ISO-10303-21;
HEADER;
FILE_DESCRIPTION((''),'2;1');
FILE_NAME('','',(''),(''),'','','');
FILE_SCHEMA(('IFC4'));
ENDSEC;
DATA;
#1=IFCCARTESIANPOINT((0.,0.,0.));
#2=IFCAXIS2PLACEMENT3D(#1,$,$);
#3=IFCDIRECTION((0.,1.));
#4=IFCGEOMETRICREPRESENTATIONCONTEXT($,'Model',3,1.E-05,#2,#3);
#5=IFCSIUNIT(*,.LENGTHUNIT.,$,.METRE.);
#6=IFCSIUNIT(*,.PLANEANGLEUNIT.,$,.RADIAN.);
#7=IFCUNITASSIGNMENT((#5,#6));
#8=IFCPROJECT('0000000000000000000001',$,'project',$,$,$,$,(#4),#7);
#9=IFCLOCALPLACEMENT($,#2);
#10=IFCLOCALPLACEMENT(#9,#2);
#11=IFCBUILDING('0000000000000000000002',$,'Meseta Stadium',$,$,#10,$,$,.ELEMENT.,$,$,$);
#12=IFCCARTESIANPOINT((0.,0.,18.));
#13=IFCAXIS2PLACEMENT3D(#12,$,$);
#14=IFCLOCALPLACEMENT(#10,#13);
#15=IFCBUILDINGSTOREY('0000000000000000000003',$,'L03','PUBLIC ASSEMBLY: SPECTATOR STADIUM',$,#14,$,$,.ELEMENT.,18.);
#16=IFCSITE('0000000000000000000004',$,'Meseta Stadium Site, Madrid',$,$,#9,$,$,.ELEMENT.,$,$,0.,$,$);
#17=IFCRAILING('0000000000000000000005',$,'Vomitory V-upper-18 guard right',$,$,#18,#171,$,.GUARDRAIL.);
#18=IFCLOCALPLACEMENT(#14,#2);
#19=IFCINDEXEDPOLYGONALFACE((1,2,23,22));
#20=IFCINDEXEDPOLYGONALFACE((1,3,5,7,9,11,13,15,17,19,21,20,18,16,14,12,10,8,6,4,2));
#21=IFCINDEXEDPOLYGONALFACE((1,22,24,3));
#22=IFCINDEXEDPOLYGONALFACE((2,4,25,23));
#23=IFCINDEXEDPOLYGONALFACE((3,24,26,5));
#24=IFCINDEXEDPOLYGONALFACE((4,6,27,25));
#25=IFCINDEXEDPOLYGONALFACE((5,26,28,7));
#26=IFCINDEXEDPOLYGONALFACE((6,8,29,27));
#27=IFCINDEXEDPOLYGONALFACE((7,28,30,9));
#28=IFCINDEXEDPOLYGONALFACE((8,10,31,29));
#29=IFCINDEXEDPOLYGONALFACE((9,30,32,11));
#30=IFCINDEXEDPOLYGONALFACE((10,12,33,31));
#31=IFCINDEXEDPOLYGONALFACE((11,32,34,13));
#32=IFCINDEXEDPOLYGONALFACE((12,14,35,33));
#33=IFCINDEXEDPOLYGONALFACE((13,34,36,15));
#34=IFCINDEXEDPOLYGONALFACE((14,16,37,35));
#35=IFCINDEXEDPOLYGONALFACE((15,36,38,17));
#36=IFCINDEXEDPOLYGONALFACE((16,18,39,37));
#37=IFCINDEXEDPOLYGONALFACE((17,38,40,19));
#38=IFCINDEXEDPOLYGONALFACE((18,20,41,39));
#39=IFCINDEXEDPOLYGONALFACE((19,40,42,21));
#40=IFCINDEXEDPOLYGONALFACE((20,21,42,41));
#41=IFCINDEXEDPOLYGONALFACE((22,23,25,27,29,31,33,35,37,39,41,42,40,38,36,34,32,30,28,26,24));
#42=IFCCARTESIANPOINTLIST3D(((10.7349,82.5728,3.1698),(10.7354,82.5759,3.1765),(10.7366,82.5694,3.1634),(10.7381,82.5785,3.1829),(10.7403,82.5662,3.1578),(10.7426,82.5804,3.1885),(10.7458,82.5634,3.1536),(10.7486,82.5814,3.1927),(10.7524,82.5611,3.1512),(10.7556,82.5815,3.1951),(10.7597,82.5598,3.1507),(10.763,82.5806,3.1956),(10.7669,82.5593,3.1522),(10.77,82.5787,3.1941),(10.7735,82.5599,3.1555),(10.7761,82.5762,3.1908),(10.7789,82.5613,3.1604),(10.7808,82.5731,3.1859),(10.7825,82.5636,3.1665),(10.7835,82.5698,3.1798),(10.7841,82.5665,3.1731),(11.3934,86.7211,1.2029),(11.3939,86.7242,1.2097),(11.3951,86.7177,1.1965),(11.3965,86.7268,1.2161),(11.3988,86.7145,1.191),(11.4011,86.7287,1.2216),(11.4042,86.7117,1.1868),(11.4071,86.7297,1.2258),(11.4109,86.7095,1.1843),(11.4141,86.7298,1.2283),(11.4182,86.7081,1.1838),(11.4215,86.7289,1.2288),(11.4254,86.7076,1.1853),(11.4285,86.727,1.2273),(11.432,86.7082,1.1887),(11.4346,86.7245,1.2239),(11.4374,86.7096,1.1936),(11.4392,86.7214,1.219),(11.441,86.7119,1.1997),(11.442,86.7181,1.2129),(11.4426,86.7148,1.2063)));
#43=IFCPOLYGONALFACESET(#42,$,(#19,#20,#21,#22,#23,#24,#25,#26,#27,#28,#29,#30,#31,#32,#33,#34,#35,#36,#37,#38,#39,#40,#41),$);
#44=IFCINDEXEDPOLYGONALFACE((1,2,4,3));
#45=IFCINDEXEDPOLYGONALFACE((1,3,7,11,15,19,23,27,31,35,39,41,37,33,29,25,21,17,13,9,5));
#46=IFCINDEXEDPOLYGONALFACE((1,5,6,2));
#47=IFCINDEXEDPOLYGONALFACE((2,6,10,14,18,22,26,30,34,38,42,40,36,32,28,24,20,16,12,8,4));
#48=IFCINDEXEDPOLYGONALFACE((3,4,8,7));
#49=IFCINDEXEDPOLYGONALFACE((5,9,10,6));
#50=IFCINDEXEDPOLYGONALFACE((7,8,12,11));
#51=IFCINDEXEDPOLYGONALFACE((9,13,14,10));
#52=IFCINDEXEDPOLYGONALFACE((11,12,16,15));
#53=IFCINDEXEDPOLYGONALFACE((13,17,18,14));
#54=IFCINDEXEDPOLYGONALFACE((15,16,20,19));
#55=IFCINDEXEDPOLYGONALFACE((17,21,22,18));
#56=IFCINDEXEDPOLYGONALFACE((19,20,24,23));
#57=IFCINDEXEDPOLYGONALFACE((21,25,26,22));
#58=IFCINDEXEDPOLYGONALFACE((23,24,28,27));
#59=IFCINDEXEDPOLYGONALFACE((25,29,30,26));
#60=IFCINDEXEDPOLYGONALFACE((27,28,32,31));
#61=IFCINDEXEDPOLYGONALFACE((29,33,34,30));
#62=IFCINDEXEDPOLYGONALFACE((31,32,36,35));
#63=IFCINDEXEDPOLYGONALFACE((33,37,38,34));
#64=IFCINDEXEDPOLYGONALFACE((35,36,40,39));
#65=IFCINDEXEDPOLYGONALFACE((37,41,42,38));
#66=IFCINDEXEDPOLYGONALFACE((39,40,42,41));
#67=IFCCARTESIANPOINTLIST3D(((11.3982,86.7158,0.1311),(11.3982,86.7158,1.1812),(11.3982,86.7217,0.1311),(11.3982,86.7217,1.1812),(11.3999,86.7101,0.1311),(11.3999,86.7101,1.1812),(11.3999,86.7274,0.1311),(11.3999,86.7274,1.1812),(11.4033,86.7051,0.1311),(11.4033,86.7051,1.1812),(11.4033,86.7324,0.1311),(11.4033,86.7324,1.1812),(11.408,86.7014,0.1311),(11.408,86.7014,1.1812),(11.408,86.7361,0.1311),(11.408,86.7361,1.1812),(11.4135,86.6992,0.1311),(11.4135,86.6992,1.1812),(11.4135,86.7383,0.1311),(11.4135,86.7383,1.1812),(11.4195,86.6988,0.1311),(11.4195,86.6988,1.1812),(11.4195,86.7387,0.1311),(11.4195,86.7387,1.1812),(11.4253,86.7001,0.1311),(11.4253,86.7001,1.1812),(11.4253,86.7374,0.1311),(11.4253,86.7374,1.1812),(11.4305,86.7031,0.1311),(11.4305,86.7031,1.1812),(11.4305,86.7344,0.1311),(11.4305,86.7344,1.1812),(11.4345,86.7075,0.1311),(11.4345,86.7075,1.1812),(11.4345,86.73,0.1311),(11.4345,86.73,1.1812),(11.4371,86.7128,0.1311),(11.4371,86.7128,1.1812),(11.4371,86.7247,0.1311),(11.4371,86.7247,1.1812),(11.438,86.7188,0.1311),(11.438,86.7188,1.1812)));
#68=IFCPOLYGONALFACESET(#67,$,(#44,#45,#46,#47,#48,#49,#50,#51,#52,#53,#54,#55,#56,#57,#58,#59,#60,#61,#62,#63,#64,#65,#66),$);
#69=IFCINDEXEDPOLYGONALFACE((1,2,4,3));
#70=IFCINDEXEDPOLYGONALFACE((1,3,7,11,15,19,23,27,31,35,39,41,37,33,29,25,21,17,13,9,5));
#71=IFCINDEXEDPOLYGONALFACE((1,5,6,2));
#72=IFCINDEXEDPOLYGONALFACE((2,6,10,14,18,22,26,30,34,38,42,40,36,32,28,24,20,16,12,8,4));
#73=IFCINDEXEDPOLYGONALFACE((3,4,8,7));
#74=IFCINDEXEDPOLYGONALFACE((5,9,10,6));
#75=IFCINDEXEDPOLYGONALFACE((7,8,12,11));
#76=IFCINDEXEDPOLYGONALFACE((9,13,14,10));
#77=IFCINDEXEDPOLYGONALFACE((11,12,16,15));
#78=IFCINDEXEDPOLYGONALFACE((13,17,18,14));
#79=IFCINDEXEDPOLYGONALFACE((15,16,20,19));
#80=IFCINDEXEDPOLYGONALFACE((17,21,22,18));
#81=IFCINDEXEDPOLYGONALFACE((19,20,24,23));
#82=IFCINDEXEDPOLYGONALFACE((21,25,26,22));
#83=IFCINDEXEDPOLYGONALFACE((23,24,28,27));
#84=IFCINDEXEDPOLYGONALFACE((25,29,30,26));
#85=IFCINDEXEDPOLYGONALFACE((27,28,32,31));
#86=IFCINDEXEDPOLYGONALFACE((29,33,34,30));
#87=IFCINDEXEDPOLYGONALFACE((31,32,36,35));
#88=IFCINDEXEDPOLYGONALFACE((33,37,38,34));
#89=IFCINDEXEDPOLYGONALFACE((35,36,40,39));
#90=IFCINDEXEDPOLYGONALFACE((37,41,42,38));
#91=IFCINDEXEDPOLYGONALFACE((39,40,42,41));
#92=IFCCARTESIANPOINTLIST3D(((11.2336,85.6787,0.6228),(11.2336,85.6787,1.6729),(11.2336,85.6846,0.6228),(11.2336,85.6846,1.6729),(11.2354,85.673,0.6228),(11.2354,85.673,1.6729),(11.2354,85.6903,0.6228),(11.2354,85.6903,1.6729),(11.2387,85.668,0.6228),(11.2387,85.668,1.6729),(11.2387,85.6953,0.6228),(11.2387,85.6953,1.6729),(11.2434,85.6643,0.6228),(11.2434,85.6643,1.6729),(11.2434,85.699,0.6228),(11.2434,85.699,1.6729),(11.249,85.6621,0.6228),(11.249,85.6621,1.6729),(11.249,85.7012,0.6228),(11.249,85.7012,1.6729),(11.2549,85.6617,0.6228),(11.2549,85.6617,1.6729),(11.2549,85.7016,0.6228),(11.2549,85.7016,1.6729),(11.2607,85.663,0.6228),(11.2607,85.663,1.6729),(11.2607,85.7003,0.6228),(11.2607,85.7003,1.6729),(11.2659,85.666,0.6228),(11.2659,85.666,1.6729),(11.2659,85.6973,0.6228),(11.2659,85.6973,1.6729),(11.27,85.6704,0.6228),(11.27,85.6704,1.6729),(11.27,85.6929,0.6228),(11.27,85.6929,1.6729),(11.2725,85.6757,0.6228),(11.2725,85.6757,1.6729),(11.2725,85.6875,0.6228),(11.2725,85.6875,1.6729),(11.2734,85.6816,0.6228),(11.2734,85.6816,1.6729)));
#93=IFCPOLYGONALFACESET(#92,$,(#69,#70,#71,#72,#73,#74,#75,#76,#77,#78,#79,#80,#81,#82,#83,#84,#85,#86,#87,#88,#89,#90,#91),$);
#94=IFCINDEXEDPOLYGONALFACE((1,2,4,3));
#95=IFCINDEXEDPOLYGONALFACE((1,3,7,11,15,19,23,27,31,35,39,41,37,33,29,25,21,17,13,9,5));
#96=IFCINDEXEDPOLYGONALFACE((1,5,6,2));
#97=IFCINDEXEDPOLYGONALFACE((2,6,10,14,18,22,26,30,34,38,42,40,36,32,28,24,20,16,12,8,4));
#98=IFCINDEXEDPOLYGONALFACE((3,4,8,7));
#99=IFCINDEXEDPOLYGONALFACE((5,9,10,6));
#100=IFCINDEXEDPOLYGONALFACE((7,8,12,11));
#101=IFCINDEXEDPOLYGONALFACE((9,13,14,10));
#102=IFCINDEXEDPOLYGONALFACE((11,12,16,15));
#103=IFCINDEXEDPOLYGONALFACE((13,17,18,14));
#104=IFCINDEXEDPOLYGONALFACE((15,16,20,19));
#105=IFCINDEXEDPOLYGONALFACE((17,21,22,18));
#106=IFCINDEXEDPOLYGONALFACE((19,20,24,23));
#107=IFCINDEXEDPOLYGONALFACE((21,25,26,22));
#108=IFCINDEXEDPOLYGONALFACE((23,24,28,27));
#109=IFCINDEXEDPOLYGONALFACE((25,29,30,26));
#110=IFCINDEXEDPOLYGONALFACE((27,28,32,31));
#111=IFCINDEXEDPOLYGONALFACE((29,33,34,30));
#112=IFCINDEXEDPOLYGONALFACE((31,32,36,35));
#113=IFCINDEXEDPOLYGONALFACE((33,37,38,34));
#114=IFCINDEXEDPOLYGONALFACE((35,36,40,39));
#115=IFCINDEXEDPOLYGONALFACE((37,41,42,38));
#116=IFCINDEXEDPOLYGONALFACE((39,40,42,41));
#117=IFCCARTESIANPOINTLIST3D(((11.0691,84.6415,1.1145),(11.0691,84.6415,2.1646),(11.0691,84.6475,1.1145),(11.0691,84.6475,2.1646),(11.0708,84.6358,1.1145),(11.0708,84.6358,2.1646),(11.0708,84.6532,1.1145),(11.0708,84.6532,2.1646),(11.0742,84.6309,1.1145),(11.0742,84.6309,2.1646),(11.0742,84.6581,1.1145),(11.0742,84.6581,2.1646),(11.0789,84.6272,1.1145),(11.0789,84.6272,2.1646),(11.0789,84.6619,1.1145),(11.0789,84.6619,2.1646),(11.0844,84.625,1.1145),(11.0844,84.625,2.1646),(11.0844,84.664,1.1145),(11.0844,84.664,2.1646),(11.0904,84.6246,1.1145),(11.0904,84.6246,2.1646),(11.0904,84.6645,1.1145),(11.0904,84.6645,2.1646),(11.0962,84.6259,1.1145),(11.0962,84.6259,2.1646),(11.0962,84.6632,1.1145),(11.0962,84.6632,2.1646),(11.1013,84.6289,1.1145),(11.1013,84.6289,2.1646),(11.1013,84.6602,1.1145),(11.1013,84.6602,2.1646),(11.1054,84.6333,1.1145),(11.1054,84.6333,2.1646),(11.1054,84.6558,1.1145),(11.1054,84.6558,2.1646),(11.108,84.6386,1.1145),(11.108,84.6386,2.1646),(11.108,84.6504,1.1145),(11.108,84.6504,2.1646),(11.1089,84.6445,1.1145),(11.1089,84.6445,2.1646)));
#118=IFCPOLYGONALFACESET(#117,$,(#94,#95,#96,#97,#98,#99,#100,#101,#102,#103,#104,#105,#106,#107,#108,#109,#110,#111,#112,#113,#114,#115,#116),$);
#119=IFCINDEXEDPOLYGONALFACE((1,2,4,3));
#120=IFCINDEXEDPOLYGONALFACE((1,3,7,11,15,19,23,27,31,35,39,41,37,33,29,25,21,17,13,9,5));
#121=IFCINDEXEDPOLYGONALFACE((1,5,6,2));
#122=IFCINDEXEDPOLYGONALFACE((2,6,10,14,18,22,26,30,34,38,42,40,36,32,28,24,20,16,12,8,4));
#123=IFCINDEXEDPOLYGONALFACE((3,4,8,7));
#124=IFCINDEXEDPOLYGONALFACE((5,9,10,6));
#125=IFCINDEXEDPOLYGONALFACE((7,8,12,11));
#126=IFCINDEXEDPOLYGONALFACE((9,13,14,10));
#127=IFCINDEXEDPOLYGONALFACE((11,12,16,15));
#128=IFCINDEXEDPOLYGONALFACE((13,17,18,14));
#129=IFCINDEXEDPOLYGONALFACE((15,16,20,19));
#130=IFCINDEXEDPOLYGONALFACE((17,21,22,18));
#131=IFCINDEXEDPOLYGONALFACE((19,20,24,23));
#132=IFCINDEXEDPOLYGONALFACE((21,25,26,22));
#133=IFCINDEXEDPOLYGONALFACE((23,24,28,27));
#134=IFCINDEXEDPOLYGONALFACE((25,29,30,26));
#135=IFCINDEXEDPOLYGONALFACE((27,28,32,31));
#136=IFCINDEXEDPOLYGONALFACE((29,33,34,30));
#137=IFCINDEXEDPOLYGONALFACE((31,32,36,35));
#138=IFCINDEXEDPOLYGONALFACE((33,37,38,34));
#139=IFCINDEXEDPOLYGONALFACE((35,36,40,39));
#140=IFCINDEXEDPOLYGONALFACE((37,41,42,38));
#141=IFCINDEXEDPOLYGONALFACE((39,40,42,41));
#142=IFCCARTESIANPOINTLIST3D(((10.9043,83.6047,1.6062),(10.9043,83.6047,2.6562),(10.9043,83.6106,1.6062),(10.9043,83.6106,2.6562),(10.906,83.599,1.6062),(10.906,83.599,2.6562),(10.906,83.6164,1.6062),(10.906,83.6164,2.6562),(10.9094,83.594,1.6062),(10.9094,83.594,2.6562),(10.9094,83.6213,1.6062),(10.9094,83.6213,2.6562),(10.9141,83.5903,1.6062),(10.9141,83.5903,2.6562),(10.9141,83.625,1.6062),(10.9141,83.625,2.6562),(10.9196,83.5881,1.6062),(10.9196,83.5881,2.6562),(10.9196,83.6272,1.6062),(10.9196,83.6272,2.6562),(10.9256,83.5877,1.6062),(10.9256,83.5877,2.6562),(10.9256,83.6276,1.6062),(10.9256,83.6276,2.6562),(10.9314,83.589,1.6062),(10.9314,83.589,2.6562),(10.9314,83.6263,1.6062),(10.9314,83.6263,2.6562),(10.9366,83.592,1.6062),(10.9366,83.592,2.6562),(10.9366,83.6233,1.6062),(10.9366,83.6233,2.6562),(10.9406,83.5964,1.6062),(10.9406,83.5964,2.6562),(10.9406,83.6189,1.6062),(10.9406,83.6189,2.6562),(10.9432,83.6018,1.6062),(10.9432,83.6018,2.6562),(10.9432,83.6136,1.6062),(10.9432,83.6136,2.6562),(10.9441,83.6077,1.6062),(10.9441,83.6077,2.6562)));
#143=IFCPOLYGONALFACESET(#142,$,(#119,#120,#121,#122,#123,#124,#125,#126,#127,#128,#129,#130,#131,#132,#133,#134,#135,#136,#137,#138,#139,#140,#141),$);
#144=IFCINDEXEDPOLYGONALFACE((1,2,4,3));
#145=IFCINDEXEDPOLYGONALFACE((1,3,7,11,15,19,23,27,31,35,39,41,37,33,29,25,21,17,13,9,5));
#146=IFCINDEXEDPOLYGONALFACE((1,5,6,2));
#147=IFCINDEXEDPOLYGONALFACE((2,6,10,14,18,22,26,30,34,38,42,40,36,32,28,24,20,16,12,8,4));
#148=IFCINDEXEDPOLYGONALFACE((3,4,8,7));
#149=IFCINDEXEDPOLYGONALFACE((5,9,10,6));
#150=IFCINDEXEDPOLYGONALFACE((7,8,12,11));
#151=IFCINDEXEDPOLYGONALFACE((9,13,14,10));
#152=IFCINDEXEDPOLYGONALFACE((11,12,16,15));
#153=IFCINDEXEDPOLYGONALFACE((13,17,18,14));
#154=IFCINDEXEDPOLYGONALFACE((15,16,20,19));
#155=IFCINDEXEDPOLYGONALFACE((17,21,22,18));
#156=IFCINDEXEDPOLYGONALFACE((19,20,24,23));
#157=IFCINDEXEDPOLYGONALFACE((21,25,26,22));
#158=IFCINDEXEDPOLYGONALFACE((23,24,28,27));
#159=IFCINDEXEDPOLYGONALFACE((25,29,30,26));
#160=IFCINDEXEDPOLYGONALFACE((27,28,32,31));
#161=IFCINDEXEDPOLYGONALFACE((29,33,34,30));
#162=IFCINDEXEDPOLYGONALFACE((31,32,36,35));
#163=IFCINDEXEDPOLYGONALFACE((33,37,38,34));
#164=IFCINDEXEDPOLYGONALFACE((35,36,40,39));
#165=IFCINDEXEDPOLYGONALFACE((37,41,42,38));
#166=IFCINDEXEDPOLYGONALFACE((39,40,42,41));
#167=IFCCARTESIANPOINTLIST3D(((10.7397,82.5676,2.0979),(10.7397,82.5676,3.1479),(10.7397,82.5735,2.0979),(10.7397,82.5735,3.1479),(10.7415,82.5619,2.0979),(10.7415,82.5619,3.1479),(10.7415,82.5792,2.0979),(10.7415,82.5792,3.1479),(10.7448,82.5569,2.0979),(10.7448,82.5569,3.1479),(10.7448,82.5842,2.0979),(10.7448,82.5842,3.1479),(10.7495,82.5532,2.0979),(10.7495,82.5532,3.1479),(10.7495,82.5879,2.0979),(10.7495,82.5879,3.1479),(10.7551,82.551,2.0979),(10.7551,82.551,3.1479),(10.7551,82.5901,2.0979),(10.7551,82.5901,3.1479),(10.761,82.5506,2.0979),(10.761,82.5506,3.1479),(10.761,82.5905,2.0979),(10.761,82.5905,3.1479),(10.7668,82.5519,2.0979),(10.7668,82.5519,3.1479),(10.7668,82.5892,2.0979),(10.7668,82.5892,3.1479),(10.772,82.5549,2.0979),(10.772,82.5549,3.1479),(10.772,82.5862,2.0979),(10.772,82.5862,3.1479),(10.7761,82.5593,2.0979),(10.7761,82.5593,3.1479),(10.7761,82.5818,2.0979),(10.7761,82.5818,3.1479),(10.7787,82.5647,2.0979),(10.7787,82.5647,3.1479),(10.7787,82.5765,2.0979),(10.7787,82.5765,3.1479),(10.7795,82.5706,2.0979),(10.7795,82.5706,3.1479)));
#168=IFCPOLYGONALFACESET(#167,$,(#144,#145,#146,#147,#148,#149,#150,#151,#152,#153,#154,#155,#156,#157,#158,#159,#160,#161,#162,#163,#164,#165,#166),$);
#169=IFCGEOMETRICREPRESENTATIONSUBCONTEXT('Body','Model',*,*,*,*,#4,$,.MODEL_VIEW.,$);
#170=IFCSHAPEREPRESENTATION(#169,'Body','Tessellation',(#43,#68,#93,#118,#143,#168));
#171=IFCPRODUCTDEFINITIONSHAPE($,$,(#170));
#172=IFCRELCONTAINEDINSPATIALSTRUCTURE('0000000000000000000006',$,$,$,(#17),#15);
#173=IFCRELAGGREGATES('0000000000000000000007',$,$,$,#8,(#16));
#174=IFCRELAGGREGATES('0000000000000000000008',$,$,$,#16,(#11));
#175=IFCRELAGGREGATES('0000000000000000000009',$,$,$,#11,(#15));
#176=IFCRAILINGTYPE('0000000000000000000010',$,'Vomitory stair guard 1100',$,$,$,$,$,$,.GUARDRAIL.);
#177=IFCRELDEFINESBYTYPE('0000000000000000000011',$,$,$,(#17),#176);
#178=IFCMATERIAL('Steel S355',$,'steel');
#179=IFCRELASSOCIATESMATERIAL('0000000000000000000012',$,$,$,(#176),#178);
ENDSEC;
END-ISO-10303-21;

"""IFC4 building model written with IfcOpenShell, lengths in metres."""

from ifc_helpers import new_model, si_unit, direction, frame, origin, origin_2d, place, context, subcontext, project, spatial, circle, extrude, material, type_object, element, save


model = new_model("IFC4")

# Units and contexts
model_context = context("Model", 3, precision=1e-05, world=origin(), true_north=direction((0.0, 1.0)))
body_context = subcontext(model_context, "Body", "Model", "MODEL_VIEW")
ifc_project = project(units=[si_unit("LENGTHUNIT", "METRE"), si_unit("PLANEANGLEUNIT", "RADIAN")], contexts=[model_context])

# Site, building, storey
site_placement = place(None, origin())
site = spatial("IfcSite", under=ifc_project, at=site_placement, Name="Meseta Stadium Site, Madrid", CompositionType="ELEMENT", RefElevation=0.0)
building_placement = place(site_placement, origin())
building = spatial("IfcBuilding", under=site, at=building_placement, Name="Meseta Stadium", CompositionType="ELEMENT")
storey_placement = place(building_placement, frame((0.0, 0.0, 18.0)))
storey = spatial("IfcBuildingStorey", under=building, at=storey_placement, Name="L03", Description="PUBLIC ASSEMBLY: SPECTATOR STADIUM", CompositionType="ELEMENT", Elevation=18.0)

# Railing
ifc_material_1 = material(Name="Steel S355", Category="steel")
railing_type_1 = type_object("IfcRailingType", Name="Vomitory stair guard 1100", PredefinedType="GUARDRAIL", material=ifc_material_1)
railing_1_placement = place(storey_placement, frame((11.418, 86.7188, 0.1311)))
element("IfcRailing", 1, at=railing_1_placement, inside=storey, type_object=railing_type_1, Name="Vomitory V-upper-18 guard right", PredefinedType="GUARDRAIL", context=body_context, shape_type="SweptSolid", body=[
    extrude(circle(Radius=0.0249, at=origin_2d()), frame((0.0, 0.0, 1.0752), z_axis=(-0.141974, -0.894428, 0.424078), x_axis=(0.987635, -0.156768, 0.0)), (0.0, 0.0, 1.0), 4.6379),
    extrude(circle(Radius=0.02, at=origin_2d()), origin(), (0.0, 0.0, 1.0), 1.05),
    extrude(circle(Radius=0.02, at=origin_2d()), frame((-0.1646, -1.0371, 0.4917)), (0.0, 0.0, 1.0), 1.05),
    extrude(circle(Radius=0.02, at=origin_2d()), frame((-0.3291, -2.0742, 0.9834)), (0.0, 0.0, 1.0), 1.05),
    extrude(circle(Radius=0.02, at=origin_2d()), frame((-0.4939, -3.1111, 1.4751)), (0.0, 0.0, 1.0), 1.05),
    extrude(circle(Radius=0.02, at=origin_2d()), frame((-0.6584, -4.1482, 1.9668)), (0.0, 0.0, 1.0), 1.05),
])

save(model, "model.ifc")
